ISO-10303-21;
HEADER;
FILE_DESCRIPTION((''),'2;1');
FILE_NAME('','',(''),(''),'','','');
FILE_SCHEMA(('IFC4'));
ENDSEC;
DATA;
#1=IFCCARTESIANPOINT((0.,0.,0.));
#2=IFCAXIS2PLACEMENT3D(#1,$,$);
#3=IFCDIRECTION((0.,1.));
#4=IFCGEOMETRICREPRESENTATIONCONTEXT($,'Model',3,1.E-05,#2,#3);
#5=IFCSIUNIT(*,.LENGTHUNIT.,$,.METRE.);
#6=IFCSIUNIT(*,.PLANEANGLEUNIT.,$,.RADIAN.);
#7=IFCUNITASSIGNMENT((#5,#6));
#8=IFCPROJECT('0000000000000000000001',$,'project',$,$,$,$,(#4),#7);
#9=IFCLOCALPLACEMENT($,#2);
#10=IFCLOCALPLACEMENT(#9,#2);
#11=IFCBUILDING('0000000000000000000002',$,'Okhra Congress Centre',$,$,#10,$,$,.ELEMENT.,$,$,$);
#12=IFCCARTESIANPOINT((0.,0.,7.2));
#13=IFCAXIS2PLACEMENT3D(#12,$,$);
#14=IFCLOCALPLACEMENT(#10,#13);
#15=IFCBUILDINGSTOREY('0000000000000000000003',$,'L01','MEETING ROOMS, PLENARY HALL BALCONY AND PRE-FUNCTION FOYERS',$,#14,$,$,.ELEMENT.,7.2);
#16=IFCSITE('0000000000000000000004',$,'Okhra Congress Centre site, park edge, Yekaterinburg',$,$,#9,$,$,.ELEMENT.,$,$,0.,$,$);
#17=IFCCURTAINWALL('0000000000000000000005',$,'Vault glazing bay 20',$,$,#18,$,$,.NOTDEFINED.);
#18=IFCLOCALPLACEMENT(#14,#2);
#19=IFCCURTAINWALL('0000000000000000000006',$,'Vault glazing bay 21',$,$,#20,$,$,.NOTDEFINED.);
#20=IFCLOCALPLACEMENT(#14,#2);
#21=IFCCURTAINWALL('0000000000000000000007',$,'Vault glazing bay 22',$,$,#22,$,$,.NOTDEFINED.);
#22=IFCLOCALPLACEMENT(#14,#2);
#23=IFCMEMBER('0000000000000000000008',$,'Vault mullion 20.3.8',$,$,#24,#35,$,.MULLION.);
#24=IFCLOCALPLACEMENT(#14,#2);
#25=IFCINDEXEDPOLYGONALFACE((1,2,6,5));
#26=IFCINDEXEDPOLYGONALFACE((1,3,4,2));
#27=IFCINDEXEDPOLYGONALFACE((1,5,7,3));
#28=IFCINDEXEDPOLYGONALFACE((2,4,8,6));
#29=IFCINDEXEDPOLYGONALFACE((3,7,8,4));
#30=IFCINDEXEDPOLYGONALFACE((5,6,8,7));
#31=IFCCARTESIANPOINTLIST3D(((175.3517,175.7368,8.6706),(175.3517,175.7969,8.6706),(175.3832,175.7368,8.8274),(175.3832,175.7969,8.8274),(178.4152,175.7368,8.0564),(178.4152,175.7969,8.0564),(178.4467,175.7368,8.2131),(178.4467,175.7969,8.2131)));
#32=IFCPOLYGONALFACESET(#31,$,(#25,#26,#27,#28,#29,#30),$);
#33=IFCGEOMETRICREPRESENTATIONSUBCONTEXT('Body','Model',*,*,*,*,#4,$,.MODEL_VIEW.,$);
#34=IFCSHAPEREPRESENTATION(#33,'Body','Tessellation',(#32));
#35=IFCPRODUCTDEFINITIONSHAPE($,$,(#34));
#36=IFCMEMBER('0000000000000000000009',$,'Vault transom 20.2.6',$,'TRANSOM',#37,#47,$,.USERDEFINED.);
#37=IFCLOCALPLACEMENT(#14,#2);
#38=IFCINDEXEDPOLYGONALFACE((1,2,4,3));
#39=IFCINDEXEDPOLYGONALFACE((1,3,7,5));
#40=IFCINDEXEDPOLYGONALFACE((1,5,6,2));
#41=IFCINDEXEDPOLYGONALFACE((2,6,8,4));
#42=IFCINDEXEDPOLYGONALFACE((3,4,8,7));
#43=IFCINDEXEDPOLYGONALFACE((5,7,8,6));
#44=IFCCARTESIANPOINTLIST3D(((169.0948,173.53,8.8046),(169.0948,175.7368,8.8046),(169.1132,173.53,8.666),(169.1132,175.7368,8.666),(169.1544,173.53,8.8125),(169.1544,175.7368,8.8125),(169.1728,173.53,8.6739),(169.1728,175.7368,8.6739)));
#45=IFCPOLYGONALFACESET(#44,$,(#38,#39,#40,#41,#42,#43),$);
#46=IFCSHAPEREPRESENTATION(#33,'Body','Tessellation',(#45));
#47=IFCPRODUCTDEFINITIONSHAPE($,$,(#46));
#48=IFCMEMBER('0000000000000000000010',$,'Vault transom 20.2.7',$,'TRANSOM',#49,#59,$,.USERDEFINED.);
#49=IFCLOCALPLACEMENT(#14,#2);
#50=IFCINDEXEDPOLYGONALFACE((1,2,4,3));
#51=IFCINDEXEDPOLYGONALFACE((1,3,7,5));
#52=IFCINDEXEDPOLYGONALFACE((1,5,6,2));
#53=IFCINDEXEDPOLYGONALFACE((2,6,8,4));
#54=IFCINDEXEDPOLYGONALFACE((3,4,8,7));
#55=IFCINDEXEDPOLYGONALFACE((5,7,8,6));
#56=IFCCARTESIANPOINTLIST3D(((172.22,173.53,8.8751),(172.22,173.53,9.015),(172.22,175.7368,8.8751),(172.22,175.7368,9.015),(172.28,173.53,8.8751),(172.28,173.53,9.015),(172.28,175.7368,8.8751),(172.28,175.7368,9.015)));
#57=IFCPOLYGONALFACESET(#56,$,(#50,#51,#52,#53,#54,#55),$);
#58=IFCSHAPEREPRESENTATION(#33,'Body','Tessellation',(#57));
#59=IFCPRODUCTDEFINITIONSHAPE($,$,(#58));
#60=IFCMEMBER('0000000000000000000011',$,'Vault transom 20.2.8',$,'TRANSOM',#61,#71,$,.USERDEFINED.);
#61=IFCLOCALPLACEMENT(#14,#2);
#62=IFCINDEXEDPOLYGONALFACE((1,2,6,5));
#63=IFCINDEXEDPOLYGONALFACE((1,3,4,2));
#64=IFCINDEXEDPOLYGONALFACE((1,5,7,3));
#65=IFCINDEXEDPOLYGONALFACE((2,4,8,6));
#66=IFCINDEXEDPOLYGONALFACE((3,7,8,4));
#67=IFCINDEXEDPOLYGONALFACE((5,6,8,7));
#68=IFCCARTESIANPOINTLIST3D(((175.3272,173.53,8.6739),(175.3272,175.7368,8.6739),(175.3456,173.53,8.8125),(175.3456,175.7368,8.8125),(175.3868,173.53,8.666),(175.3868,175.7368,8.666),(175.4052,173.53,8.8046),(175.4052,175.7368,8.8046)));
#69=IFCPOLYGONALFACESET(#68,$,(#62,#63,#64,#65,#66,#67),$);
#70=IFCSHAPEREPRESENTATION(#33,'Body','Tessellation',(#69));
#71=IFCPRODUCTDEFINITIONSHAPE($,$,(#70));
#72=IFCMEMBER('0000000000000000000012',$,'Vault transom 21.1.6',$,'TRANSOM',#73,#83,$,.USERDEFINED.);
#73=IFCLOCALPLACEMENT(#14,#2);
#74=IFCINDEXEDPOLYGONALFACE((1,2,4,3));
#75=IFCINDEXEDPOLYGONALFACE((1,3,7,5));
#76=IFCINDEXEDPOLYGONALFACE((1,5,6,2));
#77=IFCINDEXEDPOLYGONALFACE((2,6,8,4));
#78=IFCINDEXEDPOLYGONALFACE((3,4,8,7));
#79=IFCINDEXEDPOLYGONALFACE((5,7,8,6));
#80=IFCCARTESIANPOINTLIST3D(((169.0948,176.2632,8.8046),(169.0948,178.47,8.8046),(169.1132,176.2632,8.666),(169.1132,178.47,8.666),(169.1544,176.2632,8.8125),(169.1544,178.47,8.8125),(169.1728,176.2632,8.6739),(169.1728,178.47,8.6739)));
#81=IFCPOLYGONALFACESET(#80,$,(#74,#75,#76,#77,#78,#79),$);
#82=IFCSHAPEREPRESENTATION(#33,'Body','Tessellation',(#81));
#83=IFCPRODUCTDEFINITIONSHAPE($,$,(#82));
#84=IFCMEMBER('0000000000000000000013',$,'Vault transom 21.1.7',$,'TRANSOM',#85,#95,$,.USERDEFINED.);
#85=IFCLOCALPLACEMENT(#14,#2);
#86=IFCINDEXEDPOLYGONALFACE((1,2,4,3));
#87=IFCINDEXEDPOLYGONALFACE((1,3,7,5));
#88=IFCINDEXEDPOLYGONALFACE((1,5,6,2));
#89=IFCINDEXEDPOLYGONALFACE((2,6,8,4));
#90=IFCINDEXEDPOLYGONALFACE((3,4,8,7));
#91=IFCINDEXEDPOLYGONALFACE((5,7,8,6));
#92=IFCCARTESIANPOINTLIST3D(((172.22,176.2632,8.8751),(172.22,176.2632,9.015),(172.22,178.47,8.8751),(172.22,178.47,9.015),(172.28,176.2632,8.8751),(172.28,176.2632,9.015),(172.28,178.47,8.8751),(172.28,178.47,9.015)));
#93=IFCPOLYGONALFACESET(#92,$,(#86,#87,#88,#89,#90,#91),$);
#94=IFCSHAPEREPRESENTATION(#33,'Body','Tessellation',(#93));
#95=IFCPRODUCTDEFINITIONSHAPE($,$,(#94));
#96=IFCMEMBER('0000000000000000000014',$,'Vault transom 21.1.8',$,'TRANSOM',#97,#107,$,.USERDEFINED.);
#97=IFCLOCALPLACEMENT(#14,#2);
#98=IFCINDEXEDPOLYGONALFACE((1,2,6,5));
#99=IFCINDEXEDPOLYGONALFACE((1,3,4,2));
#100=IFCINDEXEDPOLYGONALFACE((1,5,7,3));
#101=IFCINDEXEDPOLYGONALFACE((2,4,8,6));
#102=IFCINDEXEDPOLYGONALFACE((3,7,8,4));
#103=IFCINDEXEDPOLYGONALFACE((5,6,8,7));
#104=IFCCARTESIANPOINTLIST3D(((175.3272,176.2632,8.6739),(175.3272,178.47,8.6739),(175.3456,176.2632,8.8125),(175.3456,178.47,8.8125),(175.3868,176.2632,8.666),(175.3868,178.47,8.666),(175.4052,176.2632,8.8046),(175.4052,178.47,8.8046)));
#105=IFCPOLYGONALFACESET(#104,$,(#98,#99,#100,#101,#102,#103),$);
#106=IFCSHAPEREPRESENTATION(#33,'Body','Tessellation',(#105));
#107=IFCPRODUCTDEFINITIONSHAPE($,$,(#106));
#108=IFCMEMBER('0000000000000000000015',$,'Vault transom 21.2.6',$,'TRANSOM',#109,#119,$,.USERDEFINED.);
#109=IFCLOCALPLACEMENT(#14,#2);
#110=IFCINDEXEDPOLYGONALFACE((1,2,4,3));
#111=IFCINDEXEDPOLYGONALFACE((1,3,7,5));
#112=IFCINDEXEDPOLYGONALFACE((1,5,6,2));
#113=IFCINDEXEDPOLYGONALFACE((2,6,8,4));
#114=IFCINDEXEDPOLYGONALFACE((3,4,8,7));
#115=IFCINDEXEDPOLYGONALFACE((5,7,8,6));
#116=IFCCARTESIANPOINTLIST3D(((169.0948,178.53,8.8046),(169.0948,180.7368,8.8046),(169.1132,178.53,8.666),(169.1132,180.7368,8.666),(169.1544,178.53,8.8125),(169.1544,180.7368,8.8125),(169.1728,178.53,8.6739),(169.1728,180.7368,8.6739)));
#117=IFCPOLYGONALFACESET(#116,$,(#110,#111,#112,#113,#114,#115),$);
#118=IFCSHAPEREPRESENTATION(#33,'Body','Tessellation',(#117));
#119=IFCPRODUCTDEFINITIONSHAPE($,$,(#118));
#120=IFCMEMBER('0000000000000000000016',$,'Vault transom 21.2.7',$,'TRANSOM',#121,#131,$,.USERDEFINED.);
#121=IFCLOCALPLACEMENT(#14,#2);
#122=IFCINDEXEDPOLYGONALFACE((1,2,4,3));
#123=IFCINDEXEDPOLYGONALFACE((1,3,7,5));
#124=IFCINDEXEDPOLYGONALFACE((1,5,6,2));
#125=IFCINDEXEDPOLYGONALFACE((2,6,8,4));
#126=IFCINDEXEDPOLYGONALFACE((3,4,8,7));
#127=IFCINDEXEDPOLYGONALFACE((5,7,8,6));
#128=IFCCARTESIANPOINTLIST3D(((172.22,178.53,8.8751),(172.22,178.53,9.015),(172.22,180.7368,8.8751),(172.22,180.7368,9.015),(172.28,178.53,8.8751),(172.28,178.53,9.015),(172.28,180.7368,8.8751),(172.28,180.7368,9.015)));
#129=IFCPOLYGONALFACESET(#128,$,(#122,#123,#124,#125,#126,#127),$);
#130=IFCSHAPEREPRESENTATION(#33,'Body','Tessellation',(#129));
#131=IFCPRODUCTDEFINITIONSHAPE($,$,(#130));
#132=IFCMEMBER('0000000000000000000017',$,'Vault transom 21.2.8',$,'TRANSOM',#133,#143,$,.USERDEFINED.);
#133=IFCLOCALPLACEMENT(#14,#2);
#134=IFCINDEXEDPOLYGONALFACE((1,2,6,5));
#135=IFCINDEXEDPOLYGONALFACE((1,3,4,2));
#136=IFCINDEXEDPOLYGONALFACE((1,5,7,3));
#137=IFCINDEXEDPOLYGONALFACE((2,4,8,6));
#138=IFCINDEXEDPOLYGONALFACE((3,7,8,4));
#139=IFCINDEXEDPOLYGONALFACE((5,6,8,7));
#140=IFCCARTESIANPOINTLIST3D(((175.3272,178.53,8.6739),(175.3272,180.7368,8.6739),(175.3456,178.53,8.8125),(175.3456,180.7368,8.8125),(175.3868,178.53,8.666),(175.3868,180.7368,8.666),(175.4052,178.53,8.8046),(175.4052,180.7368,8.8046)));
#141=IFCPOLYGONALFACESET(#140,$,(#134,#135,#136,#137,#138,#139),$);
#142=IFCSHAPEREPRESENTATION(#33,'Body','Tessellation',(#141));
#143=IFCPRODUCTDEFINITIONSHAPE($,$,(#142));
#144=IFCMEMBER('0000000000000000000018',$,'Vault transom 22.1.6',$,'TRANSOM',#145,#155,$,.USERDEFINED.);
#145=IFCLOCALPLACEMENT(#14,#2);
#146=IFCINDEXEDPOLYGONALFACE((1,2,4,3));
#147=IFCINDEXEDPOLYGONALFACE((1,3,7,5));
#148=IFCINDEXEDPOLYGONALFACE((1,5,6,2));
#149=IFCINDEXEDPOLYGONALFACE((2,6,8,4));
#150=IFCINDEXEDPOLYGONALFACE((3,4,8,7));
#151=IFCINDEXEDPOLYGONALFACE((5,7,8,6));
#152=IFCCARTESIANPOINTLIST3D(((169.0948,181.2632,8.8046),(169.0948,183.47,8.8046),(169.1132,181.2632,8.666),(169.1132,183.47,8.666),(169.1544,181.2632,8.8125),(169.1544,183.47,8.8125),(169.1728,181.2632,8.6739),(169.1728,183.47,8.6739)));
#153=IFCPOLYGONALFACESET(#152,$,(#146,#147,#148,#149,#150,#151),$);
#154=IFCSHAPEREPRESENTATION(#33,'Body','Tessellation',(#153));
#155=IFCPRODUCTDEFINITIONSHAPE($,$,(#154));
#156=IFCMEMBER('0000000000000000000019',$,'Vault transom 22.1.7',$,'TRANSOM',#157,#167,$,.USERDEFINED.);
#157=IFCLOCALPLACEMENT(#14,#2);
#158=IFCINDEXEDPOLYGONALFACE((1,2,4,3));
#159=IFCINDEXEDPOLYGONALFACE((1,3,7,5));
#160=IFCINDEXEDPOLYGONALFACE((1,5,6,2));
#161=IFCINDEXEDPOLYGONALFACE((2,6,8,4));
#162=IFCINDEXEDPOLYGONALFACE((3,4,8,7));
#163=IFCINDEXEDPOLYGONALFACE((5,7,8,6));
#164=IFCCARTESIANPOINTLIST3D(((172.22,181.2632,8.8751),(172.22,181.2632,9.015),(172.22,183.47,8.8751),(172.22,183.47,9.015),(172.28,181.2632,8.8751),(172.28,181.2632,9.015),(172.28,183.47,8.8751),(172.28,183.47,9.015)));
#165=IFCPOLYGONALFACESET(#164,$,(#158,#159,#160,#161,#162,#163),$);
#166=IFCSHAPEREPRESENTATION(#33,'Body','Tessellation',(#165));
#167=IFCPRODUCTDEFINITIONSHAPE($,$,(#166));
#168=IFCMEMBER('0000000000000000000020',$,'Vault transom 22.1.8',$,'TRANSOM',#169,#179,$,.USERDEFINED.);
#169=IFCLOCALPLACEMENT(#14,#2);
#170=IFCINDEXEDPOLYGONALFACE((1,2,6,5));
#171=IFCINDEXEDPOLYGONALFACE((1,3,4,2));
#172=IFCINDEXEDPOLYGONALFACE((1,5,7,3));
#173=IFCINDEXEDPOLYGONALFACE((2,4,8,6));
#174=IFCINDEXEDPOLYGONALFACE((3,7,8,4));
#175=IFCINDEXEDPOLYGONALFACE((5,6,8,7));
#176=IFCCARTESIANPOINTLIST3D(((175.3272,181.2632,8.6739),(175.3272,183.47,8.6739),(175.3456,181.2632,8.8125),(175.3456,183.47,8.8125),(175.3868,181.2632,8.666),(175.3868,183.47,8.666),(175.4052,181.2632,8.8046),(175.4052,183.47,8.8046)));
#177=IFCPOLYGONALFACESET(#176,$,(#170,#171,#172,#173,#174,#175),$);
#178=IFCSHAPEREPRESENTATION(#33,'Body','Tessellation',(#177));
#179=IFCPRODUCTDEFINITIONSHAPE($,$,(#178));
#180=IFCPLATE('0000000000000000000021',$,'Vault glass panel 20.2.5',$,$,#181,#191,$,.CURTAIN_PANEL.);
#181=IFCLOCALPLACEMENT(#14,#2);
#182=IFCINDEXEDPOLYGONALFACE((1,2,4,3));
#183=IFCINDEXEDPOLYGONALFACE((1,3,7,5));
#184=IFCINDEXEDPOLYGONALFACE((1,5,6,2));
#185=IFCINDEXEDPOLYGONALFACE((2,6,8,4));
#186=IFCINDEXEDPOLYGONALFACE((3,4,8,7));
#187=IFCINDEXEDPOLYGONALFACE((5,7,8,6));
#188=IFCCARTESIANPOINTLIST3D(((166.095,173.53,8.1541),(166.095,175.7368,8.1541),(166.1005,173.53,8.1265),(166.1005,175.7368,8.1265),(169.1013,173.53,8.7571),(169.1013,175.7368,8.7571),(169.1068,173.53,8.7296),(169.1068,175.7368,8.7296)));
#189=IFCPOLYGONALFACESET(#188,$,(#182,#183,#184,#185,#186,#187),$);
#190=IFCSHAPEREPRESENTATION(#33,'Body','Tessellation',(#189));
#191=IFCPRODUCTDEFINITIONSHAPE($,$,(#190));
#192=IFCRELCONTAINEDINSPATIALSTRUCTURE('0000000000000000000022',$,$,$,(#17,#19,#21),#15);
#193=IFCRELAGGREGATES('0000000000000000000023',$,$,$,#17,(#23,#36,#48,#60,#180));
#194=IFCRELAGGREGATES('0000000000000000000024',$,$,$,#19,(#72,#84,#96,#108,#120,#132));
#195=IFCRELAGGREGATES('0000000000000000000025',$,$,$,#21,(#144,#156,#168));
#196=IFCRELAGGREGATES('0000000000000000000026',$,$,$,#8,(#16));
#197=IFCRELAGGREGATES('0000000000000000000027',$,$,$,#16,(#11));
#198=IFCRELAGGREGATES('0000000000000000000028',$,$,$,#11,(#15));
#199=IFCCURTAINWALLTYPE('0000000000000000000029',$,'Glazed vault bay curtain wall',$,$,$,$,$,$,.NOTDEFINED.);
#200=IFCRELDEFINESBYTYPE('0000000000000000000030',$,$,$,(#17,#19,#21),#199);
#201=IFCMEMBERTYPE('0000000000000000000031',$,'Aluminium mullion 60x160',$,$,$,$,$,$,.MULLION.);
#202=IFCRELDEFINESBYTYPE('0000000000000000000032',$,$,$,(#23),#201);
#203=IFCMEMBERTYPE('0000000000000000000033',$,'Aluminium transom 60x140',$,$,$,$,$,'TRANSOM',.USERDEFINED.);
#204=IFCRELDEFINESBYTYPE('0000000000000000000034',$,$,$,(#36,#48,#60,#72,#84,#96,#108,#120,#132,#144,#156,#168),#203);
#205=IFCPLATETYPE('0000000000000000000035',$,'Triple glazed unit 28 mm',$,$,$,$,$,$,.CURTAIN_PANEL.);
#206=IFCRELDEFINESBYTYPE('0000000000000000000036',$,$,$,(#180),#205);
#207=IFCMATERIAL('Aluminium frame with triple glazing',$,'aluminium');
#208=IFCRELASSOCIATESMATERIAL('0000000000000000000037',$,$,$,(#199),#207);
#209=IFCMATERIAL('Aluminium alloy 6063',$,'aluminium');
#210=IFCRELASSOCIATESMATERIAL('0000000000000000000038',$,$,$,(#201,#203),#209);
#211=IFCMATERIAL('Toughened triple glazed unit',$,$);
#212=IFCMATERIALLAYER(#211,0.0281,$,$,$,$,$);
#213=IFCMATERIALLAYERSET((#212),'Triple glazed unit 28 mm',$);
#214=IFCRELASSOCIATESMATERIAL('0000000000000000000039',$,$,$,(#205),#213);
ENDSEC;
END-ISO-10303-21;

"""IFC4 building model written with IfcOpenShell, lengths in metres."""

from ifc_helpers import new_model, si_unit, direction, frame, origin, origin_2d, place, context, subcontext, project, spatial, polyline, rectangle, outline, extrude, material, layer, layer_set, material_profile, profile_set, type_object, element, aggregate, save


model = new_model("IFC4")

# Units and contexts
model_context = context("Model", 3, precision=1e-05, world=origin(), true_north=direction((0.0, 1.0)))
body_context = subcontext(model_context, "Body", "Model", "MODEL_VIEW")
ifc_project = project(units=[si_unit("LENGTHUNIT", "METRE"), si_unit("PLANEANGLEUNIT", "RADIAN")], contexts=[model_context])

# Site, building, storey
site_placement = place(None, origin())
site = spatial("IfcSite", under=ifc_project, at=site_placement, Name="Okhra Congress Centre site, park edge, Yekaterinburg", CompositionType="ELEMENT", RefElevation=0.0)
building_placement = place(site_placement, origin())
building = spatial("IfcBuilding", under=site, at=building_placement, Name="Okhra Congress Centre", CompositionType="ELEMENT")
storey_placement = place(building_placement, frame((0.0, 0.0, 7.2)))
storey = spatial("IfcBuildingStorey", under=building, at=storey_placement, Name="L01", Description="MEETING ROOMS, PLENARY HALL BALCONY AND PRE-FUNCTION FOYERS", CompositionType="ELEMENT", Elevation=7.2)

# Curtain walls
ifc_material_1 = material(Name="Aluminium frame with triple glazing", Category="aluminium")
curtain_wall_type = type_object("IfcCurtainWallType", Name="Glazed vault bay curtain wall", PredefinedType="NOTDEFINED", material=ifc_material_1)
curtain_wall_1_placement = place(storey_placement, origin())
curtain_wall_1 = element("IfcCurtainWall", 1, at=curtain_wall_1_placement, inside=storey, type_object=curtain_wall_type, Name="Vault glazing bay 20", PredefinedType="NOTDEFINED")
ifc_material_2 = material(Name="Aluminium alloy 6063", Category="aluminium")
curtain_wall_2_placement = place(storey_placement, origin())
curtain_wall_2 = element("IfcCurtainWall", 2, at=curtain_wall_2_placement, inside=storey, type_object=curtain_wall_type, Name="Vault glazing bay 21", PredefinedType="NOTDEFINED")
curtain_wall_3_placement = place(storey_placement, origin())
curtain_wall_3 = element("IfcCurtainWall", 3, at=curtain_wall_3_placement, inside=storey, type_object=curtain_wall_type, Name="Vault glazing bay 22", PredefinedType="NOTDEFINED")

# Members
ifc_material_profile_1 = material_profile(ifc_material_2, rectangle(XDim=0.0601, YDim=0.1599, at=origin_2d()), Name="AL 60x160")
ifc_profile_set_1 = profile_set([ifc_material_profile_1], Name="Aluminium alloy 6063")
member_type_1 = type_object("IfcMemberType", Name="Aluminium mullion 60x160", PredefinedType="MULLION", material=ifc_profile_set_1)
member_1_placement = place(storey_placement, frame((175.3674, 175.7668, 8.749), z_axis=(0.980484, 0.0, -0.196597), x_axis=(0.0, 1.0, 0.0)))
member_1 = element("IfcMember", 4, at=member_1_placement, type_object=member_type_1, Name="Vault mullion 20.3.8", PredefinedType="MULLION", context=body_context, shape_type="SweptSolid", body=[
    extrude(rectangle(XDim=0.0601, YDim=0.1599, at=origin_2d()), origin(), (0.0, 0.0, 1.0), 3.1245),
])
ifc_material_profile_2 = material_profile(ifc_material_2, rectangle(XDim=0.0601, YDim=0.1399, at=origin_2d()), Name="AL 60x140 transom")
ifc_profile_set_2 = profile_set([ifc_material_profile_2], Name="Aluminium alloy 6063")
member_type_2 = type_object("IfcMemberType", Name="Aluminium transom 60x140", ElementType="TRANSOM", PredefinedType="USERDEFINED", material=ifc_profile_set_2)
member_2_placement = place(storey_placement, frame((169.1338, 173.53, 8.7393), z_axis=(0.0, 1.0, 0.0), x_axis=(-0.991307, 0.0, -0.131568)))
member_2 = element("IfcMember", 5, at=member_2_placement, type_object=member_type_2, Name="Vault transom 20.2.6", ObjectType="TRANSOM", PredefinedType="USERDEFINED", context=body_context, shape_type="SweptSolid", body=[
    extrude(rectangle(XDim=0.0601, YDim=0.1399, at=origin_2d()), origin(), (0.0, 0.0, 1.0), 2.2068),
])
member_3_placement = place(storey_placement, frame((172.25, 173.53, 8.9451), z_axis=(0.0, 1.0, 0.0), x_axis=(-1.0, 0.0, 0.0)))
member_3 = element("IfcMember", 6, at=member_3_placement, type_object=member_type_2, Name="Vault transom 20.2.7", ObjectType="TRANSOM", PredefinedType="USERDEFINED", context=body_context, shape_type="SweptSolid", body=[
    extrude(rectangle(XDim=0.0601, YDim=0.1399, at=origin_2d()), origin(), (0.0, 0.0, 1.0), 2.2068),
])
member_4_placement = place(storey_placement, frame((175.3662, 173.53, 8.7393), z_axis=(0.0, 1.0, 0.0), x_axis=(-0.991307, 0.0, 0.131568)))
member_4 = element("IfcMember", 7, at=member_4_placement, type_object=member_type_2, Name="Vault transom 20.2.8", ObjectType="TRANSOM", PredefinedType="USERDEFINED", context=body_context, shape_type="SweptSolid", body=[
    extrude(rectangle(XDim=0.0601, YDim=0.1399, at=origin_2d()), origin(), (0.0, 0.0, 1.0), 2.2068),
])
member_5_placement = place(storey_placement, frame((169.1338, 176.2632, 8.7393), z_axis=(0.0, 1.0, 0.0), x_axis=(-0.991307, 0.0, -0.131568)))
member_5 = element("IfcMember", 8, at=member_5_placement, type_object=member_type_2, Name="Vault transom 21.1.6", ObjectType="TRANSOM", PredefinedType="USERDEFINED", context=body_context, shape_type="SweptSolid", body=[
    extrude(rectangle(XDim=0.0601, YDim=0.1399, at=origin_2d()), origin(), (0.0, 0.0, 1.0), 2.2068),
])
member_6_placement = place(storey_placement, frame((172.25, 176.2632, 8.9451), z_axis=(0.0, 1.0, 0.0), x_axis=(-1.0, 0.0, 0.0)))
member_6 = element("IfcMember", 9, at=member_6_placement, type_object=member_type_2, Name="Vault transom 21.1.7", ObjectType="TRANSOM", PredefinedType="USERDEFINED", context=body_context, shape_type="SweptSolid", body=[
    extrude(rectangle(XDim=0.0601, YDim=0.1399, at=origin_2d()), origin(), (0.0, 0.0, 1.0), 2.2068),
])
member_7_placement = place(storey_placement, frame((175.3662, 176.2632, 8.7393), z_axis=(0.0, 1.0, 0.0), x_axis=(-0.991307, 0.0, 0.131568)))
member_7 = element("IfcMember", 10, at=member_7_placement, type_object=member_type_2, Name="Vault transom 21.1.8", ObjectType="TRANSOM", PredefinedType="USERDEFINED", context=body_context, shape_type="SweptSolid", body=[
    extrude(rectangle(XDim=0.0601, YDim=0.1399, at=origin_2d()), origin(), (0.0, 0.0, 1.0), 2.2068),
])
member_8_placement = place(storey_placement, frame((169.1338, 178.53, 8.7393), z_axis=(0.0, 1.0, 0.0), x_axis=(-0.991307, 0.0, -0.131568)))
member_8 = element("IfcMember", 11, at=member_8_placement, type_object=member_type_2, Name="Vault transom 21.2.6", ObjectType="TRANSOM", PredefinedType="USERDEFINED", context=body_context, shape_type="SweptSolid", body=[
    extrude(rectangle(XDim=0.0601, YDim=0.1399, at=origin_2d()), origin(), (0.0, 0.0, 1.0), 2.2068),
])
member_9_placement = place(storey_placement, frame((172.25, 178.53, 8.9451), z_axis=(0.0, 1.0, 0.0), x_axis=(-1.0, 0.0, 0.0)))
member_9 = element("IfcMember", 12, at=member_9_placement, type_object=member_type_2, Name="Vault transom 21.2.7", ObjectType="TRANSOM", PredefinedType="USERDEFINED", context=body_context, shape_type="SweptSolid", body=[
    extrude(rectangle(XDim=0.0601, YDim=0.1399, at=origin_2d()), origin(), (0.0, 0.0, 1.0), 2.2068),
])
member_10_placement = place(storey_placement, frame((175.3662, 178.53, 8.7393), z_axis=(0.0, 1.0, 0.0), x_axis=(-0.991307, 0.0, 0.131568)))
member_10 = element("IfcMember", 13, at=member_10_placement, type_object=member_type_2, Name="Vault transom 21.2.8", ObjectType="TRANSOM", PredefinedType="USERDEFINED", context=body_context, shape_type="SweptSolid", body=[
    extrude(rectangle(XDim=0.0601, YDim=0.1399, at=origin_2d()), origin(), (0.0, 0.0, 1.0), 2.2068),
])
member_11_placement = place(storey_placement, frame((169.1338, 181.2632, 8.7393), z_axis=(0.0, 1.0, 0.0), x_axis=(-0.991307, 0.0, -0.131568)))
member_11 = element("IfcMember", 14, at=member_11_placement, type_object=member_type_2, Name="Vault transom 22.1.6", ObjectType="TRANSOM", PredefinedType="USERDEFINED", context=body_context, shape_type="SweptSolid", body=[
    extrude(rectangle(XDim=0.0601, YDim=0.1399, at=origin_2d()), origin(), (0.0, 0.0, 1.0), 2.2068),
])
member_12_placement = place(storey_placement, frame((172.25, 181.2632, 8.9451), z_axis=(0.0, 1.0, 0.0), x_axis=(-1.0, 0.0, 0.0)))
member_12 = element("IfcMember", 15, at=member_12_placement, type_object=member_type_2, Name="Vault transom 22.1.7", ObjectType="TRANSOM", PredefinedType="USERDEFINED", context=body_context, shape_type="SweptSolid", body=[
    extrude(rectangle(XDim=0.0601, YDim=0.1399, at=origin_2d()), origin(), (0.0, 0.0, 1.0), 2.2068),
])
member_13_placement = place(storey_placement, frame((175.3662, 181.2632, 8.7393), z_axis=(0.0, 1.0, 0.0), x_axis=(-0.991307, 0.0, 0.131568)))
member_13 = element("IfcMember", 16, at=member_13_placement, type_object=member_type_2, Name="Vault transom 22.1.8", ObjectType="TRANSOM", PredefinedType="USERDEFINED", context=body_context, shape_type="SweptSolid", body=[
    extrude(rectangle(XDim=0.0601, YDim=0.1399, at=origin_2d()), origin(), (0.0, 0.0, 1.0), 2.2068),
])

# Plate
ifc_material_3 = material(Name="Toughened triple glazed unit")
ifc_layer = layer(ifc_material_3, 0.0281)
ifc_layer_set = layer_set([ifc_layer], Name="Triple glazed unit 28 mm")
plate_type = type_object("IfcPlateType", Name="Triple glazed unit 28 mm", PredefinedType="CURTAIN_PANEL", material=ifc_layer_set)
plate_1_placement = place(storey_placement, frame((166.095, 173.53, 8.1541), z_axis=(-0.196667, 0.0, 0.98047), x_axis=(0.98047, 0.0, 0.196667)))
plate_1 = element("IfcPlate", 17, at=plate_1_placement, type_object=plate_type, Name="Vault glass panel 20.2.5", PredefinedType="CURTAIN_PANEL", context=body_context, shape_type="SweptSolid", body=[
    extrude(outline(polyline([(0.0, 0.0), (3.0662, 0.0), (3.0662, 2.2068), (0.0, 2.2068), (0.0, 0.0)])), origin(), (0.0, 0.0, -1.0), 0.0281),
])
aggregate(curtain_wall_1, [member_1, member_2, member_3, member_4, plate_1])
aggregate(curtain_wall_2, [member_5, member_6, member_7, member_8, member_9, member_10])
aggregate(curtain_wall_3, [member_11, member_12, member_13])

save(model, "model.ifc")
